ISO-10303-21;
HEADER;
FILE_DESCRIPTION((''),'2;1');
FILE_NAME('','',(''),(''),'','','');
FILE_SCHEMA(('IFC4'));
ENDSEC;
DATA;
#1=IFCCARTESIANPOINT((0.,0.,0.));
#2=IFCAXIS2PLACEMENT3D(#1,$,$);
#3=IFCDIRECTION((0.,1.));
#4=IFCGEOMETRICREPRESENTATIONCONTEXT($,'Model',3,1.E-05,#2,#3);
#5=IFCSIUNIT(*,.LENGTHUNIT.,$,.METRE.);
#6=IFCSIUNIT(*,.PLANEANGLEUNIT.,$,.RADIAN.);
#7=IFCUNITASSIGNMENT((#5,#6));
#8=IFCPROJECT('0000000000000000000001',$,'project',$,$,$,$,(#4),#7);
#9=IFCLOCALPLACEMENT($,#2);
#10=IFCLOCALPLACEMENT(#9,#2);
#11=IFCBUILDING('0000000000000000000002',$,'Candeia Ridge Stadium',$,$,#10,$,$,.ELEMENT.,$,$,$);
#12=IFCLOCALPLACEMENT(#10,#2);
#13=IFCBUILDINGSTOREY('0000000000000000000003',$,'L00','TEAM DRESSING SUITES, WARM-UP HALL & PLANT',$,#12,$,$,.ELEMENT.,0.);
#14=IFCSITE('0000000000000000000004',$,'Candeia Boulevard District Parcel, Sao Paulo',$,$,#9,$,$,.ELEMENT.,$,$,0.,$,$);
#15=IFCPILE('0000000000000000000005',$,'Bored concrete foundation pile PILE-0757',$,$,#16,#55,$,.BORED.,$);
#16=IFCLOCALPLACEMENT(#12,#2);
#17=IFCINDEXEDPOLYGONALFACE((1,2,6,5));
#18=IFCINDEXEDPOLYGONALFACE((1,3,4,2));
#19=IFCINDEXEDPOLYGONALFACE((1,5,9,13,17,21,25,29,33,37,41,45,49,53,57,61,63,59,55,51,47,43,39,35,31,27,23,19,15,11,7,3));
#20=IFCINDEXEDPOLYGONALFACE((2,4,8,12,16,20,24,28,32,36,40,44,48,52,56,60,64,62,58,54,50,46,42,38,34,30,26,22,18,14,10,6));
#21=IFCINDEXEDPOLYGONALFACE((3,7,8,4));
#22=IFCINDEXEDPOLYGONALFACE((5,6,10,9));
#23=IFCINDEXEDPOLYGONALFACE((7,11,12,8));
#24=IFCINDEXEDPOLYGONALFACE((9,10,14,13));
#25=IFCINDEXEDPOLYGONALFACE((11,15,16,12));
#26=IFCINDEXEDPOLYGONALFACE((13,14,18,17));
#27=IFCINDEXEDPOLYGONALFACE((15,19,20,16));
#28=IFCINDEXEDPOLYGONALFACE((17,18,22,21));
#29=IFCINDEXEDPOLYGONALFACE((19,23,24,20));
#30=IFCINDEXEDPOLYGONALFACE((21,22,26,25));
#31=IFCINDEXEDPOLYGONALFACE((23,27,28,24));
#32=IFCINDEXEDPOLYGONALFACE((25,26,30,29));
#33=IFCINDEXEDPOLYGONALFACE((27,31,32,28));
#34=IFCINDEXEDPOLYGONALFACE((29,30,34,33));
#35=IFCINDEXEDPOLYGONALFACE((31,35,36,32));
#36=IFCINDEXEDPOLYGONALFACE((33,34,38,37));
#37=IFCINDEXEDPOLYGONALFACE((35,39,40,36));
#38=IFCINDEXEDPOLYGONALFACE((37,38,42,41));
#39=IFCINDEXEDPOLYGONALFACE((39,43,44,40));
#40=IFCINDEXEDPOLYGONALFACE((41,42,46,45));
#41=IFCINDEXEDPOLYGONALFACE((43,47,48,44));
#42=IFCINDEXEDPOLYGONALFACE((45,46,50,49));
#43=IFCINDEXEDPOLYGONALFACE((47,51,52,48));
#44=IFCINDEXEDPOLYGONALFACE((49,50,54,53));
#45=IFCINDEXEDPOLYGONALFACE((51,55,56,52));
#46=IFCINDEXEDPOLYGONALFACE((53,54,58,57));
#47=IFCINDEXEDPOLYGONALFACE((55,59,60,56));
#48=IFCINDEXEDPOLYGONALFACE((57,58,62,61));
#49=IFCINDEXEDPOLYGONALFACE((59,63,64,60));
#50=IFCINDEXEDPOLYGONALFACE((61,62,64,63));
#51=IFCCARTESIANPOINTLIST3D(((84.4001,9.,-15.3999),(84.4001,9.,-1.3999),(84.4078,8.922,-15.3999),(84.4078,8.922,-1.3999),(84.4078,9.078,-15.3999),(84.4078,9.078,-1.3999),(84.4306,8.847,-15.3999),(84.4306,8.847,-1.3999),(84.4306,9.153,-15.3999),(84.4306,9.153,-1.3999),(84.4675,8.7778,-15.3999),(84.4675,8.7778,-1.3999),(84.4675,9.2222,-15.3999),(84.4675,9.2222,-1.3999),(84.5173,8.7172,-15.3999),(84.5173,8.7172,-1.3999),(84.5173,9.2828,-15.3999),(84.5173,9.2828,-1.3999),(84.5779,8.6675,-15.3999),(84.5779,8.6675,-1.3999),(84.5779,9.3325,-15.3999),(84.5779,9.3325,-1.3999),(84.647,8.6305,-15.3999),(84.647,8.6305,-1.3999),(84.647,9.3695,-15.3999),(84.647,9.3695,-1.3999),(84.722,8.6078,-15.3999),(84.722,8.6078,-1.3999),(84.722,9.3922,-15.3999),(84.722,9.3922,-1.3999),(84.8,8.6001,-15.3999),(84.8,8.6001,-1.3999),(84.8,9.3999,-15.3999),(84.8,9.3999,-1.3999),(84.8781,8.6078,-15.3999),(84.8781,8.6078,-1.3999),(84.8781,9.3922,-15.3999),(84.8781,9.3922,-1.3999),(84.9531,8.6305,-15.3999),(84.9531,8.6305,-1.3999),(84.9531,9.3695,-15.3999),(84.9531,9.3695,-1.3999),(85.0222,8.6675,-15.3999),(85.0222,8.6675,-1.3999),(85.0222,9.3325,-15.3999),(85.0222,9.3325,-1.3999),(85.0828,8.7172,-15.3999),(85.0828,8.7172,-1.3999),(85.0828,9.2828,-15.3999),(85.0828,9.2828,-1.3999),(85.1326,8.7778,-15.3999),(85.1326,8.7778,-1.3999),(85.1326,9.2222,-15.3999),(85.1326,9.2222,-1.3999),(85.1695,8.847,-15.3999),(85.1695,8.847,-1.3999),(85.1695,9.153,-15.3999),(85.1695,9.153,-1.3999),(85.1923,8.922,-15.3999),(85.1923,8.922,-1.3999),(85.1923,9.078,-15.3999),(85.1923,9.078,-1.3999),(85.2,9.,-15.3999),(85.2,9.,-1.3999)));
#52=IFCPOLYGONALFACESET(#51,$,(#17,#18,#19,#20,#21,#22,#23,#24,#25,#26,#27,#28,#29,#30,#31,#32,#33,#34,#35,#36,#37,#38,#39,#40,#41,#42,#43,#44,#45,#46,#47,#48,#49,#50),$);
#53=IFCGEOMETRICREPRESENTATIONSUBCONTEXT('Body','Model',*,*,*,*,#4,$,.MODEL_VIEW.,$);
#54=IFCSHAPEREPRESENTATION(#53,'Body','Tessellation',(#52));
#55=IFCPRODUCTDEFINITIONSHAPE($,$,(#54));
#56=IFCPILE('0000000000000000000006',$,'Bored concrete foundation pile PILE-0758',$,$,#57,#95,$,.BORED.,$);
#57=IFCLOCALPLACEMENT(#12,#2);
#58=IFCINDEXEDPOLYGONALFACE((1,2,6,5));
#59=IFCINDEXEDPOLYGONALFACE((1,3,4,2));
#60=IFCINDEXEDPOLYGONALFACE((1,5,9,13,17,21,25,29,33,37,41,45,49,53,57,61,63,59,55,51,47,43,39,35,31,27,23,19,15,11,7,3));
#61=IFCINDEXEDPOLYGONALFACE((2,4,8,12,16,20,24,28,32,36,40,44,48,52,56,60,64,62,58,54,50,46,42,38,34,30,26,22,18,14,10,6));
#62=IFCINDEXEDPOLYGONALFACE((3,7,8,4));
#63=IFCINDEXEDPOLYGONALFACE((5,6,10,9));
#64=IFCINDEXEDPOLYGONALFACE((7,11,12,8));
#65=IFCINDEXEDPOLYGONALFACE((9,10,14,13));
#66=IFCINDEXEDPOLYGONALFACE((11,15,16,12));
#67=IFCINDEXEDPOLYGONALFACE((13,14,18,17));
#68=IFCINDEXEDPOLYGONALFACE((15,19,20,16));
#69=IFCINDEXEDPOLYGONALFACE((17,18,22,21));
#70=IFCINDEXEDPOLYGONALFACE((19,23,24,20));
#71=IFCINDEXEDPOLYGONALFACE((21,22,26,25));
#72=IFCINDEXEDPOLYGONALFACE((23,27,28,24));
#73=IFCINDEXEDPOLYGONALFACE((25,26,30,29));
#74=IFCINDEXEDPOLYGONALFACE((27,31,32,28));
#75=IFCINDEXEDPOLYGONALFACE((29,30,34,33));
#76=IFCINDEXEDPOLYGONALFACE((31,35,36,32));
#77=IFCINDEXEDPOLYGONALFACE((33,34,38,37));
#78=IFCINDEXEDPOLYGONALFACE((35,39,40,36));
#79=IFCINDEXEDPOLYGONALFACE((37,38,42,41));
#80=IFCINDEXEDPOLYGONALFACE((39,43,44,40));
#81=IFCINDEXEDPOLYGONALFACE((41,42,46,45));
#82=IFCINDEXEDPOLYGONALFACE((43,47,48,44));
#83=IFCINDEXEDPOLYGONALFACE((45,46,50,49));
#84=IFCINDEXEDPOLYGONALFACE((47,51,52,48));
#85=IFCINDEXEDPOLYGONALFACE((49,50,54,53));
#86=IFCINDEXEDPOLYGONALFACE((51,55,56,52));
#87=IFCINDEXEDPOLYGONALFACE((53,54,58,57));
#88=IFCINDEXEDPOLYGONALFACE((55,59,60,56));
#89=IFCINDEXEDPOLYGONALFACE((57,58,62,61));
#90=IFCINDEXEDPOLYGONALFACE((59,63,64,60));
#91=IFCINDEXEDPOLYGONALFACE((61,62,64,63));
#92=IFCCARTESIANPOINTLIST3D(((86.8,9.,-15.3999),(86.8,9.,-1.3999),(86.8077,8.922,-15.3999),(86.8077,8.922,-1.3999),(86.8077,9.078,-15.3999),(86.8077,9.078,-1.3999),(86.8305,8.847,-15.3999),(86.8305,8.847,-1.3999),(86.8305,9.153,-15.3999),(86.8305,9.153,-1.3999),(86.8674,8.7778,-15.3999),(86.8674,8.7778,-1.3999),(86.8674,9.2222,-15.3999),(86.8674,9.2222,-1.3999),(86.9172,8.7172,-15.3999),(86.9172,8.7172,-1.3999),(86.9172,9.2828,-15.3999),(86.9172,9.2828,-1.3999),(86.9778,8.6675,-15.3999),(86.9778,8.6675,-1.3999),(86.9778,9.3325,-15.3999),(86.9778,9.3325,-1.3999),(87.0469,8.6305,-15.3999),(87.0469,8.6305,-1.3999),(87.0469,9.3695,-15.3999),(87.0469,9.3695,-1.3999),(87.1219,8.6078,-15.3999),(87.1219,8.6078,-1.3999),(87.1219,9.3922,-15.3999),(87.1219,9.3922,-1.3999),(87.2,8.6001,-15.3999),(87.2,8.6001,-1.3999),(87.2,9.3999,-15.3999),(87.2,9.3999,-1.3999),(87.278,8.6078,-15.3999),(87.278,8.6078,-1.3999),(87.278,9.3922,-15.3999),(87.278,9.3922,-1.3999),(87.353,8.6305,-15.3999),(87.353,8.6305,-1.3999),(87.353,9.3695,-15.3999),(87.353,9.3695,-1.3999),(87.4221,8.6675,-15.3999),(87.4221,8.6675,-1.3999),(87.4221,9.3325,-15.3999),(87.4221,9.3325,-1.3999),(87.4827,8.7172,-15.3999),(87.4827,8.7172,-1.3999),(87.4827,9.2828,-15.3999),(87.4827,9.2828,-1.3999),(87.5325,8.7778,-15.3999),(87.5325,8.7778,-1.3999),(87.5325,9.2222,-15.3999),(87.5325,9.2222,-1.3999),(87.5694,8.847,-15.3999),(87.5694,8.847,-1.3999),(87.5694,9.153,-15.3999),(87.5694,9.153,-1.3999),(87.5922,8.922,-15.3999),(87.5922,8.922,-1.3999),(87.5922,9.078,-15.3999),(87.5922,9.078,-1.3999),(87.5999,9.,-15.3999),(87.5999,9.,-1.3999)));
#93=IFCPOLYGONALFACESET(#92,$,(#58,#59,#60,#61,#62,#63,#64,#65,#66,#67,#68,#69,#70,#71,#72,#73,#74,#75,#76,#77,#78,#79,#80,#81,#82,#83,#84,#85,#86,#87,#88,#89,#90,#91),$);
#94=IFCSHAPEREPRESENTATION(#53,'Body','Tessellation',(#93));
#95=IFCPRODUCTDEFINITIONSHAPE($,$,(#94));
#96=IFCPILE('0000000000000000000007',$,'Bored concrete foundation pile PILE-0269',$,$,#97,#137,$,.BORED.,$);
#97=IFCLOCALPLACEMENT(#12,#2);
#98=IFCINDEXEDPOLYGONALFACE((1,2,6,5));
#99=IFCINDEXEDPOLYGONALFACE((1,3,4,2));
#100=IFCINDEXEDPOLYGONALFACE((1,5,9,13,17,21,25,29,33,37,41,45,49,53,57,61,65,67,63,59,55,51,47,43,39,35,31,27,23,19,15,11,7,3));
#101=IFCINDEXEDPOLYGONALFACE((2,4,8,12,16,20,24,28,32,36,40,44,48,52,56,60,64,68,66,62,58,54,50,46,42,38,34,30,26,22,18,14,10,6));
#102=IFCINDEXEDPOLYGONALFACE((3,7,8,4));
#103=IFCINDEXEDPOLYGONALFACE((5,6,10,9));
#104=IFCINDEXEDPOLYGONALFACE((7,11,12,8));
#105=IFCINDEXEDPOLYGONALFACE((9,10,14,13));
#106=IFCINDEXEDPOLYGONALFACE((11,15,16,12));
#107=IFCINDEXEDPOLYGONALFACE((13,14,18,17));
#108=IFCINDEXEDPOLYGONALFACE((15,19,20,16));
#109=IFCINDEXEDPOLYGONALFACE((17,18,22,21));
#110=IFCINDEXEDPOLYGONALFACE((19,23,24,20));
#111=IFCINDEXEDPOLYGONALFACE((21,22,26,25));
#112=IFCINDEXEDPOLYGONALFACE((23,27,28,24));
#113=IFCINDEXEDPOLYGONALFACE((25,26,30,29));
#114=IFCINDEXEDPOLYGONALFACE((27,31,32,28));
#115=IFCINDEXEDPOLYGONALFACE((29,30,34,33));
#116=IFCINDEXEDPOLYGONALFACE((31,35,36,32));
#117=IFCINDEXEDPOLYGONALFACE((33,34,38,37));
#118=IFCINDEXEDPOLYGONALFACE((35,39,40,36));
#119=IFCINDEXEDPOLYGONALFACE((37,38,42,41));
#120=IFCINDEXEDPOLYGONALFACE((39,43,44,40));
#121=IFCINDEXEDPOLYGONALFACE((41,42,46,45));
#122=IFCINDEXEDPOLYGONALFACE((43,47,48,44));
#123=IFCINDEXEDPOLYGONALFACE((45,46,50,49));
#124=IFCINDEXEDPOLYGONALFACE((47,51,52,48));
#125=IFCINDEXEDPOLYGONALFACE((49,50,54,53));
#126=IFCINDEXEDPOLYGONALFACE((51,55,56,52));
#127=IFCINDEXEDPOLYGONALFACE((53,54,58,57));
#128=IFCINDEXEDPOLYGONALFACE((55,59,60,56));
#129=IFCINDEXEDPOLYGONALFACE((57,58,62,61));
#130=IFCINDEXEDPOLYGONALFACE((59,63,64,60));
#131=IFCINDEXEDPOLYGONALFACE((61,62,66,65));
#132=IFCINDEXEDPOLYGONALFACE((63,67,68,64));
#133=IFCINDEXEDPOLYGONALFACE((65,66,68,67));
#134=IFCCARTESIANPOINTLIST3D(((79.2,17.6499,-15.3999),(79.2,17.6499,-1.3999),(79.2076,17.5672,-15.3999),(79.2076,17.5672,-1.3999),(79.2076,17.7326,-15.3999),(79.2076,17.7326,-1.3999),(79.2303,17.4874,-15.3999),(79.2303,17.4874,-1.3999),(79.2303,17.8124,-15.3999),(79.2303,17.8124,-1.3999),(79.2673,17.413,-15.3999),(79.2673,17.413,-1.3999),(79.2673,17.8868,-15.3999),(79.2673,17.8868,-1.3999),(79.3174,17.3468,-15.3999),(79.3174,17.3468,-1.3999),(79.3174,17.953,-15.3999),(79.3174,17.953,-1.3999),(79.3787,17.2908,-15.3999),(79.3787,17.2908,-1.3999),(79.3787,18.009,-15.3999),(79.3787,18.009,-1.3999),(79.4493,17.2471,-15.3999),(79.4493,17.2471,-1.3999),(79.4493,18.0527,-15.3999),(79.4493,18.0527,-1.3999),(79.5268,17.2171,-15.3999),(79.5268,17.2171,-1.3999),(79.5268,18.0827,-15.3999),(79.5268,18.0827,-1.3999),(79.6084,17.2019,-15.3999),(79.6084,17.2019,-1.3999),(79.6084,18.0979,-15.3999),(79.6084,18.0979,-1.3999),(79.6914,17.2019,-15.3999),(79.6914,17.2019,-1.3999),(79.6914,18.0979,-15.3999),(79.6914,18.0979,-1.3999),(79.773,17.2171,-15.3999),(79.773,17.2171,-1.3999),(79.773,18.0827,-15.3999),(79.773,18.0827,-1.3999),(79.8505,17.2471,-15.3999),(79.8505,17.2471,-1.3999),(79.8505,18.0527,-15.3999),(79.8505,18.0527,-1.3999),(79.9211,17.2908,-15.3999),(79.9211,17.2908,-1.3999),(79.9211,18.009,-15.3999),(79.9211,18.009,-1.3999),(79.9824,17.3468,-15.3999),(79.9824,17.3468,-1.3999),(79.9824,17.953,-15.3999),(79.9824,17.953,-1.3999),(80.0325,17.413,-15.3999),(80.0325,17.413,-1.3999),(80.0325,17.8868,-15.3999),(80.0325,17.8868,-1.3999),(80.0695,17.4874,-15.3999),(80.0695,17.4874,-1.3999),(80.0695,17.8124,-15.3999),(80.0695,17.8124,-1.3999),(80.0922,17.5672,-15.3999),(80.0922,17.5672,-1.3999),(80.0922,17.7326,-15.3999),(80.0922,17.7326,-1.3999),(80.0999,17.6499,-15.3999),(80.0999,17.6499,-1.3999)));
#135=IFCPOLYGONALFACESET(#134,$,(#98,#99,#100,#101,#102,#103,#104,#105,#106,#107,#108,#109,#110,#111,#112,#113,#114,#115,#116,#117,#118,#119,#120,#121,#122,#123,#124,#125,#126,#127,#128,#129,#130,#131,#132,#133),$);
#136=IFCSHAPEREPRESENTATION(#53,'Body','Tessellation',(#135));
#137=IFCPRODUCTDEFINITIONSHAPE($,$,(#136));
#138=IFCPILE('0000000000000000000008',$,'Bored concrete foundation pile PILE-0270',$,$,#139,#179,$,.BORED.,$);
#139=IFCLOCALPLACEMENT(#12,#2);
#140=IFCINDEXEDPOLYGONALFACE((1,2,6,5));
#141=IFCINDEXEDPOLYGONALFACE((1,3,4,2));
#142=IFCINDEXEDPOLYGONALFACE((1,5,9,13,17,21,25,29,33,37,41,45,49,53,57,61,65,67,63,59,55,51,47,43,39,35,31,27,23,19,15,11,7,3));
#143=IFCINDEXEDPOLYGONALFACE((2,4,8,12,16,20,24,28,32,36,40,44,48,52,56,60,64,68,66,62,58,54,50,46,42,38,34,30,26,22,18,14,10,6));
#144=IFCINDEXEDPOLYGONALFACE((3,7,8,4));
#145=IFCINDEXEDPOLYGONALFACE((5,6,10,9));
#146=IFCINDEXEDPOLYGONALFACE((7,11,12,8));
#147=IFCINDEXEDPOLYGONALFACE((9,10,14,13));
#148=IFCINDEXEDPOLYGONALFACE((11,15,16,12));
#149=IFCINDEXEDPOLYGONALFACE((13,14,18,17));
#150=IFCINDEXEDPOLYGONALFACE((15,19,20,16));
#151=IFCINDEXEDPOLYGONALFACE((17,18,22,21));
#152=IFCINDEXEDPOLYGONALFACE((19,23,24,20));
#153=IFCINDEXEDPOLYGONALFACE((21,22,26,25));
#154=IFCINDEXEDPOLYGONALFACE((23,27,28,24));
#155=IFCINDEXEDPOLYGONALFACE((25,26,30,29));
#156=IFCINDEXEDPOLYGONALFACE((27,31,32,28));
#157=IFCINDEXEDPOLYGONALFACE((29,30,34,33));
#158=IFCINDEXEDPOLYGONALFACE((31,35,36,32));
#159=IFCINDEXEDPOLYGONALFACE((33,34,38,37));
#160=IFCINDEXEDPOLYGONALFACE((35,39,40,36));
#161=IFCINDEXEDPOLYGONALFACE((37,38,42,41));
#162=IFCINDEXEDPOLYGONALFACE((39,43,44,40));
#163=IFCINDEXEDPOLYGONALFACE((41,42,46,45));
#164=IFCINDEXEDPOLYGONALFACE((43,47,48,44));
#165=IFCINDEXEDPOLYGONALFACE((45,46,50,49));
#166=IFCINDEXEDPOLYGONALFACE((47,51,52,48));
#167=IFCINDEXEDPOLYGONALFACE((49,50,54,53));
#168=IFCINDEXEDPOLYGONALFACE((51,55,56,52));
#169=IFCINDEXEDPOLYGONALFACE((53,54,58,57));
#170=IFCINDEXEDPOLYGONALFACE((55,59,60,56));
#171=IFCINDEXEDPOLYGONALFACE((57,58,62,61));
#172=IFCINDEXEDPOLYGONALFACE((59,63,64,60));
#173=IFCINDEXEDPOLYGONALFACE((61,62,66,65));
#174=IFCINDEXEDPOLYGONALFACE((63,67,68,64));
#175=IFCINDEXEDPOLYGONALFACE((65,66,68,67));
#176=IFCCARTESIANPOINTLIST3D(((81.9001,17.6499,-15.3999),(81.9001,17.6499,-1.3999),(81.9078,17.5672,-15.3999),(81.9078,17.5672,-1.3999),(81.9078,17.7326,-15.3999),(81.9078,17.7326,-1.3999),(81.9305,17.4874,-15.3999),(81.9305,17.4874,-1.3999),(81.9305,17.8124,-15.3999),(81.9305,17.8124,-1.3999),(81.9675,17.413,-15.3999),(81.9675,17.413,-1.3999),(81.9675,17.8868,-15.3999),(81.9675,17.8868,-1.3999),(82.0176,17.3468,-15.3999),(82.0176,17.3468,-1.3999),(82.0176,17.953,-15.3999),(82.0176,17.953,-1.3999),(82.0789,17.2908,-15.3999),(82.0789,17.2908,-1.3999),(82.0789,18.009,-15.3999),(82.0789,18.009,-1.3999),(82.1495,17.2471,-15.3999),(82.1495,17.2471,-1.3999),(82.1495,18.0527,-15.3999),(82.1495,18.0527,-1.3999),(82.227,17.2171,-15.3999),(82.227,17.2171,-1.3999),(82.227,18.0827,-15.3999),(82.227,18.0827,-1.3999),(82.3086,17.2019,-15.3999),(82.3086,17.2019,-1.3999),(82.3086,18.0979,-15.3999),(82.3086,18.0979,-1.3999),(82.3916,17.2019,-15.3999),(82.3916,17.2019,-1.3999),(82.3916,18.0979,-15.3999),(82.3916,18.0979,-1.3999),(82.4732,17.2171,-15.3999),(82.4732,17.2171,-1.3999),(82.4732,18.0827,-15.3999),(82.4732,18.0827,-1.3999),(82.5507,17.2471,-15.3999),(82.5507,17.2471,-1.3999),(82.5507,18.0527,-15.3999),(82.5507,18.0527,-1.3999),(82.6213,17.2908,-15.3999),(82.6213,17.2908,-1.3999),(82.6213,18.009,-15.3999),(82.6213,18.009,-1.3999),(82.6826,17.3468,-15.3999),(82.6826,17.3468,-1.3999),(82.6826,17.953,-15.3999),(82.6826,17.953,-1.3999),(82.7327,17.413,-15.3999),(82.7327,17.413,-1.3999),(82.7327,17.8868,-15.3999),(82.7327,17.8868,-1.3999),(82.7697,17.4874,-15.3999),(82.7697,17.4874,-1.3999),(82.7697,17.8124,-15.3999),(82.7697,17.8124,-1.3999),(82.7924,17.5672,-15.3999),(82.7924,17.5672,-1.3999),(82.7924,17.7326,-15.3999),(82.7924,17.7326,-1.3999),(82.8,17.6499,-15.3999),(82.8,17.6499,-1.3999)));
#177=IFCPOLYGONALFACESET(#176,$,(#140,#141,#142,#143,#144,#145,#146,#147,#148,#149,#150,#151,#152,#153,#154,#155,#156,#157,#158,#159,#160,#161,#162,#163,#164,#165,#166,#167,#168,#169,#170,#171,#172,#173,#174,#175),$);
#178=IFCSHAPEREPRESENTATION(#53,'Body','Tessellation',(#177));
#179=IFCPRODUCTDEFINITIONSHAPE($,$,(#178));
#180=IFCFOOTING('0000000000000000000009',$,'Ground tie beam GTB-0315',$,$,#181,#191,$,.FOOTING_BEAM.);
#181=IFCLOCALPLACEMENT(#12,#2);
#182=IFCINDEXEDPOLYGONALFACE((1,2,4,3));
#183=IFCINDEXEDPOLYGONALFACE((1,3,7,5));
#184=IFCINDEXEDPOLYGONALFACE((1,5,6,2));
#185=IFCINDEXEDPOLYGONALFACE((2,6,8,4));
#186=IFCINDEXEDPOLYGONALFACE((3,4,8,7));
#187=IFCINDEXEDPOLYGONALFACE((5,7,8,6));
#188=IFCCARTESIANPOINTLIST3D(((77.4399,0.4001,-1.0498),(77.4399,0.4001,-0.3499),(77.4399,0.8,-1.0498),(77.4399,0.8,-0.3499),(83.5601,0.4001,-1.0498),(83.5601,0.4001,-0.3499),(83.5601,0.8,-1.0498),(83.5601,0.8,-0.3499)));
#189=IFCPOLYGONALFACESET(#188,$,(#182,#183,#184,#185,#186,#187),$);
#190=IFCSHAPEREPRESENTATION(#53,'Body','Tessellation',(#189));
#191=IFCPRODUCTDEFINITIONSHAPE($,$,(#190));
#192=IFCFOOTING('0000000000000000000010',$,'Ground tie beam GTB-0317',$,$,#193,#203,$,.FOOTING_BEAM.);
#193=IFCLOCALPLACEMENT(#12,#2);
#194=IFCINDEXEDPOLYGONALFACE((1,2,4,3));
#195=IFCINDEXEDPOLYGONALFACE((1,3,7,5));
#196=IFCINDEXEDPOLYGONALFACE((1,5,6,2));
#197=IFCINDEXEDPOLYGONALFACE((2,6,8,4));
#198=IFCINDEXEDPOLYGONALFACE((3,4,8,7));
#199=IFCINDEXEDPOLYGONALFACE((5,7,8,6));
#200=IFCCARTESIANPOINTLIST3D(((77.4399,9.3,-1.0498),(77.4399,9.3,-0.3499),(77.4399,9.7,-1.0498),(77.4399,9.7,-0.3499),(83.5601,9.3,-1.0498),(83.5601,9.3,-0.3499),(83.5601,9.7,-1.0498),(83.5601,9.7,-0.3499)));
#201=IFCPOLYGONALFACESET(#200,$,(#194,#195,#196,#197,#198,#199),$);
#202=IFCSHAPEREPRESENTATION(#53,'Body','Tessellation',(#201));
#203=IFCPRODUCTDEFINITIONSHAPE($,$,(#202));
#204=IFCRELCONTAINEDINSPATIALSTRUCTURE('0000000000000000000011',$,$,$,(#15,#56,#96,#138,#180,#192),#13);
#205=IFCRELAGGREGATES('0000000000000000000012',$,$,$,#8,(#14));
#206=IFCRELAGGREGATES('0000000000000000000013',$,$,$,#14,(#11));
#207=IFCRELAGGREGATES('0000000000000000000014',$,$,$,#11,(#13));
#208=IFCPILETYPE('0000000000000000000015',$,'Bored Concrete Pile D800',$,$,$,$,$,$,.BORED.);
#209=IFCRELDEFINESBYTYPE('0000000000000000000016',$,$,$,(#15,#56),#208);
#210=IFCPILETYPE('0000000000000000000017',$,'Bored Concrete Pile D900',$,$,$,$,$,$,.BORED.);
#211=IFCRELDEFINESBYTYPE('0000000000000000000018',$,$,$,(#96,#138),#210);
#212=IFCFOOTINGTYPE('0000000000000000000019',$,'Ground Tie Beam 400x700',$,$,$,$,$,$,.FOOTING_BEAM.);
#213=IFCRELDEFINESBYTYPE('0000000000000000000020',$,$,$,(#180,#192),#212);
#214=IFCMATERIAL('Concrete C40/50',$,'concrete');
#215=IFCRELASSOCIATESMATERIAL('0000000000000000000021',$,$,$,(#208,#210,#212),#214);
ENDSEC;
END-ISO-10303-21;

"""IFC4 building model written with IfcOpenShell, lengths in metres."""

from ifc_helpers import new_model, si_unit, direction, frame, origin, origin_2d, place, context, subcontext, project, spatial, rectangle, circle, extrude, material, material_profile, profile_set, type_object, element, save


model = new_model("IFC4")

# Units and contexts
model_context = context("Model", 3, precision=1e-05, world=origin(), true_north=direction((0.0, 1.0)))
body_context = subcontext(model_context, "Body", "Model", "MODEL_VIEW")
ifc_project = project(units=[si_unit("LENGTHUNIT", "METRE"), si_unit("PLANEANGLEUNIT", "RADIAN")], contexts=[model_context])

# Site, building, storey
site_placement = place(None, origin())
site = spatial("IfcSite", under=ifc_project, at=site_placement, Name="Candeia Boulevard District Parcel, Sao Paulo", CompositionType="ELEMENT", RefElevation=0.0)
building_placement = place(site_placement, origin())
building = spatial("IfcBuilding", under=site, at=building_placement, Name="Candeia Ridge Stadium", CompositionType="ELEMENT")
storey_placement = place(building_placement, origin())
storey = spatial("IfcBuildingStorey", under=building, at=storey_placement, Name="L00", Description="TEAM DRESSING SUITES, WARM-UP HALL & PLANT", CompositionType="ELEMENT", Elevation=0.0)

# Piles
ifc_material_1 = material(Name="Concrete C40/50", Category="concrete")
ifc_material_profile_1 = material_profile(ifc_material_1, circle(Radius=0.3999, at=origin_2d()), Name="PILE-D800", Category="concrete")
ifc_profile_set_1 = profile_set([ifc_material_profile_1], Name="Concrete C40/50")
pile_type_1 = type_object("IfcPileType", Name="Bored Concrete Pile D800", PredefinedType="BORED", material=ifc_profile_set_1)
for number, where, z_axis, x_axis, name in (
    (1, (84.8, 9.0, -1.3999), (0.0, 0.0, -1.0), (1.0, 0.0, 0.0), "Bored concrete foundation pile PILE-0757"),
    (2, (87.2, 9.0, -1.3999), (0.0, 0.0, -1.0), (1.0, 0.0, 0.0), "Bored concrete foundation pile PILE-0758"),
):
    element("IfcPile", number, at=place(storey_placement, frame(where, z_axis=z_axis, x_axis=x_axis)), inside=storey, type_object=pile_type_1, Name=name, PredefinedType="BORED", context=body_context, shape_type="SweptSolid", body=[
        extrude(circle(Radius=0.3999, at=origin_2d()), origin(), (0.0, 0.0, 1.0), 14.0),
    ])
ifc_material_profile_2 = material_profile(ifc_material_1, circle(Radius=0.45, at=origin_2d()), Name="PILE-D900", Category="concrete")
ifc_profile_set_2 = profile_set([ifc_material_profile_2], Name="Concrete C40/50")
pile_type_2 = type_object("IfcPileType", Name="Bored Concrete Pile D900", PredefinedType="BORED", material=ifc_profile_set_2)
for number, where, z_axis, x_axis, name in (
    (3, (79.6499, 17.6499, -1.3999), (0.0, 0.0, -1.0), (1.0, 0.0, 0.0), "Bored concrete foundation pile PILE-0269"),
    (4, (82.3501, 17.6499, -1.3999), (0.0, 0.0, -1.0), (1.0, 0.0, 0.0), "Bored concrete foundation pile PILE-0270"),
):
    element("IfcPile", number, at=place(storey_placement, frame(where, z_axis=z_axis, x_axis=x_axis)), inside=storey, type_object=pile_type_2, Name=name, PredefinedType="BORED", context=body_context, shape_type="SweptSolid", body=[
        extrude(circle(Radius=0.45, at=origin_2d()), origin(), (0.0, 0.0, 1.0), 14.0),
    ])

# Footings
footing_type_1 = type_object("IfcFootingType", Name="Ground Tie Beam 400x700", PredefinedType="FOOTING_BEAM", material=ifc_material_1)
for number, where, z_axis, x_axis, name in (
    (5, (80.5, 0.6001, -1.0498), (0.0, 0.0, 1.0), (1.0, 0.0, 0.0), "Ground tie beam GTB-0315"),
    (6, (80.5, 9.5, -1.0498), (0.0, 0.0, 1.0), (1.0, 0.0, 0.0), "Ground tie beam GTB-0317"),
):
    element("IfcFooting", number, at=place(storey_placement, frame(where, z_axis=z_axis, x_axis=x_axis)), inside=storey, type_object=footing_type_1, Name=name, PredefinedType="FOOTING_BEAM", context=body_context, shape_type="SweptSolid", body=[
        extrude(rectangle(XDim=6.1201, YDim=0.3999, at=origin_2d()), origin(), (0.0, 0.0, 1.0), 0.7),
    ])

save(model, "model.ifc")
